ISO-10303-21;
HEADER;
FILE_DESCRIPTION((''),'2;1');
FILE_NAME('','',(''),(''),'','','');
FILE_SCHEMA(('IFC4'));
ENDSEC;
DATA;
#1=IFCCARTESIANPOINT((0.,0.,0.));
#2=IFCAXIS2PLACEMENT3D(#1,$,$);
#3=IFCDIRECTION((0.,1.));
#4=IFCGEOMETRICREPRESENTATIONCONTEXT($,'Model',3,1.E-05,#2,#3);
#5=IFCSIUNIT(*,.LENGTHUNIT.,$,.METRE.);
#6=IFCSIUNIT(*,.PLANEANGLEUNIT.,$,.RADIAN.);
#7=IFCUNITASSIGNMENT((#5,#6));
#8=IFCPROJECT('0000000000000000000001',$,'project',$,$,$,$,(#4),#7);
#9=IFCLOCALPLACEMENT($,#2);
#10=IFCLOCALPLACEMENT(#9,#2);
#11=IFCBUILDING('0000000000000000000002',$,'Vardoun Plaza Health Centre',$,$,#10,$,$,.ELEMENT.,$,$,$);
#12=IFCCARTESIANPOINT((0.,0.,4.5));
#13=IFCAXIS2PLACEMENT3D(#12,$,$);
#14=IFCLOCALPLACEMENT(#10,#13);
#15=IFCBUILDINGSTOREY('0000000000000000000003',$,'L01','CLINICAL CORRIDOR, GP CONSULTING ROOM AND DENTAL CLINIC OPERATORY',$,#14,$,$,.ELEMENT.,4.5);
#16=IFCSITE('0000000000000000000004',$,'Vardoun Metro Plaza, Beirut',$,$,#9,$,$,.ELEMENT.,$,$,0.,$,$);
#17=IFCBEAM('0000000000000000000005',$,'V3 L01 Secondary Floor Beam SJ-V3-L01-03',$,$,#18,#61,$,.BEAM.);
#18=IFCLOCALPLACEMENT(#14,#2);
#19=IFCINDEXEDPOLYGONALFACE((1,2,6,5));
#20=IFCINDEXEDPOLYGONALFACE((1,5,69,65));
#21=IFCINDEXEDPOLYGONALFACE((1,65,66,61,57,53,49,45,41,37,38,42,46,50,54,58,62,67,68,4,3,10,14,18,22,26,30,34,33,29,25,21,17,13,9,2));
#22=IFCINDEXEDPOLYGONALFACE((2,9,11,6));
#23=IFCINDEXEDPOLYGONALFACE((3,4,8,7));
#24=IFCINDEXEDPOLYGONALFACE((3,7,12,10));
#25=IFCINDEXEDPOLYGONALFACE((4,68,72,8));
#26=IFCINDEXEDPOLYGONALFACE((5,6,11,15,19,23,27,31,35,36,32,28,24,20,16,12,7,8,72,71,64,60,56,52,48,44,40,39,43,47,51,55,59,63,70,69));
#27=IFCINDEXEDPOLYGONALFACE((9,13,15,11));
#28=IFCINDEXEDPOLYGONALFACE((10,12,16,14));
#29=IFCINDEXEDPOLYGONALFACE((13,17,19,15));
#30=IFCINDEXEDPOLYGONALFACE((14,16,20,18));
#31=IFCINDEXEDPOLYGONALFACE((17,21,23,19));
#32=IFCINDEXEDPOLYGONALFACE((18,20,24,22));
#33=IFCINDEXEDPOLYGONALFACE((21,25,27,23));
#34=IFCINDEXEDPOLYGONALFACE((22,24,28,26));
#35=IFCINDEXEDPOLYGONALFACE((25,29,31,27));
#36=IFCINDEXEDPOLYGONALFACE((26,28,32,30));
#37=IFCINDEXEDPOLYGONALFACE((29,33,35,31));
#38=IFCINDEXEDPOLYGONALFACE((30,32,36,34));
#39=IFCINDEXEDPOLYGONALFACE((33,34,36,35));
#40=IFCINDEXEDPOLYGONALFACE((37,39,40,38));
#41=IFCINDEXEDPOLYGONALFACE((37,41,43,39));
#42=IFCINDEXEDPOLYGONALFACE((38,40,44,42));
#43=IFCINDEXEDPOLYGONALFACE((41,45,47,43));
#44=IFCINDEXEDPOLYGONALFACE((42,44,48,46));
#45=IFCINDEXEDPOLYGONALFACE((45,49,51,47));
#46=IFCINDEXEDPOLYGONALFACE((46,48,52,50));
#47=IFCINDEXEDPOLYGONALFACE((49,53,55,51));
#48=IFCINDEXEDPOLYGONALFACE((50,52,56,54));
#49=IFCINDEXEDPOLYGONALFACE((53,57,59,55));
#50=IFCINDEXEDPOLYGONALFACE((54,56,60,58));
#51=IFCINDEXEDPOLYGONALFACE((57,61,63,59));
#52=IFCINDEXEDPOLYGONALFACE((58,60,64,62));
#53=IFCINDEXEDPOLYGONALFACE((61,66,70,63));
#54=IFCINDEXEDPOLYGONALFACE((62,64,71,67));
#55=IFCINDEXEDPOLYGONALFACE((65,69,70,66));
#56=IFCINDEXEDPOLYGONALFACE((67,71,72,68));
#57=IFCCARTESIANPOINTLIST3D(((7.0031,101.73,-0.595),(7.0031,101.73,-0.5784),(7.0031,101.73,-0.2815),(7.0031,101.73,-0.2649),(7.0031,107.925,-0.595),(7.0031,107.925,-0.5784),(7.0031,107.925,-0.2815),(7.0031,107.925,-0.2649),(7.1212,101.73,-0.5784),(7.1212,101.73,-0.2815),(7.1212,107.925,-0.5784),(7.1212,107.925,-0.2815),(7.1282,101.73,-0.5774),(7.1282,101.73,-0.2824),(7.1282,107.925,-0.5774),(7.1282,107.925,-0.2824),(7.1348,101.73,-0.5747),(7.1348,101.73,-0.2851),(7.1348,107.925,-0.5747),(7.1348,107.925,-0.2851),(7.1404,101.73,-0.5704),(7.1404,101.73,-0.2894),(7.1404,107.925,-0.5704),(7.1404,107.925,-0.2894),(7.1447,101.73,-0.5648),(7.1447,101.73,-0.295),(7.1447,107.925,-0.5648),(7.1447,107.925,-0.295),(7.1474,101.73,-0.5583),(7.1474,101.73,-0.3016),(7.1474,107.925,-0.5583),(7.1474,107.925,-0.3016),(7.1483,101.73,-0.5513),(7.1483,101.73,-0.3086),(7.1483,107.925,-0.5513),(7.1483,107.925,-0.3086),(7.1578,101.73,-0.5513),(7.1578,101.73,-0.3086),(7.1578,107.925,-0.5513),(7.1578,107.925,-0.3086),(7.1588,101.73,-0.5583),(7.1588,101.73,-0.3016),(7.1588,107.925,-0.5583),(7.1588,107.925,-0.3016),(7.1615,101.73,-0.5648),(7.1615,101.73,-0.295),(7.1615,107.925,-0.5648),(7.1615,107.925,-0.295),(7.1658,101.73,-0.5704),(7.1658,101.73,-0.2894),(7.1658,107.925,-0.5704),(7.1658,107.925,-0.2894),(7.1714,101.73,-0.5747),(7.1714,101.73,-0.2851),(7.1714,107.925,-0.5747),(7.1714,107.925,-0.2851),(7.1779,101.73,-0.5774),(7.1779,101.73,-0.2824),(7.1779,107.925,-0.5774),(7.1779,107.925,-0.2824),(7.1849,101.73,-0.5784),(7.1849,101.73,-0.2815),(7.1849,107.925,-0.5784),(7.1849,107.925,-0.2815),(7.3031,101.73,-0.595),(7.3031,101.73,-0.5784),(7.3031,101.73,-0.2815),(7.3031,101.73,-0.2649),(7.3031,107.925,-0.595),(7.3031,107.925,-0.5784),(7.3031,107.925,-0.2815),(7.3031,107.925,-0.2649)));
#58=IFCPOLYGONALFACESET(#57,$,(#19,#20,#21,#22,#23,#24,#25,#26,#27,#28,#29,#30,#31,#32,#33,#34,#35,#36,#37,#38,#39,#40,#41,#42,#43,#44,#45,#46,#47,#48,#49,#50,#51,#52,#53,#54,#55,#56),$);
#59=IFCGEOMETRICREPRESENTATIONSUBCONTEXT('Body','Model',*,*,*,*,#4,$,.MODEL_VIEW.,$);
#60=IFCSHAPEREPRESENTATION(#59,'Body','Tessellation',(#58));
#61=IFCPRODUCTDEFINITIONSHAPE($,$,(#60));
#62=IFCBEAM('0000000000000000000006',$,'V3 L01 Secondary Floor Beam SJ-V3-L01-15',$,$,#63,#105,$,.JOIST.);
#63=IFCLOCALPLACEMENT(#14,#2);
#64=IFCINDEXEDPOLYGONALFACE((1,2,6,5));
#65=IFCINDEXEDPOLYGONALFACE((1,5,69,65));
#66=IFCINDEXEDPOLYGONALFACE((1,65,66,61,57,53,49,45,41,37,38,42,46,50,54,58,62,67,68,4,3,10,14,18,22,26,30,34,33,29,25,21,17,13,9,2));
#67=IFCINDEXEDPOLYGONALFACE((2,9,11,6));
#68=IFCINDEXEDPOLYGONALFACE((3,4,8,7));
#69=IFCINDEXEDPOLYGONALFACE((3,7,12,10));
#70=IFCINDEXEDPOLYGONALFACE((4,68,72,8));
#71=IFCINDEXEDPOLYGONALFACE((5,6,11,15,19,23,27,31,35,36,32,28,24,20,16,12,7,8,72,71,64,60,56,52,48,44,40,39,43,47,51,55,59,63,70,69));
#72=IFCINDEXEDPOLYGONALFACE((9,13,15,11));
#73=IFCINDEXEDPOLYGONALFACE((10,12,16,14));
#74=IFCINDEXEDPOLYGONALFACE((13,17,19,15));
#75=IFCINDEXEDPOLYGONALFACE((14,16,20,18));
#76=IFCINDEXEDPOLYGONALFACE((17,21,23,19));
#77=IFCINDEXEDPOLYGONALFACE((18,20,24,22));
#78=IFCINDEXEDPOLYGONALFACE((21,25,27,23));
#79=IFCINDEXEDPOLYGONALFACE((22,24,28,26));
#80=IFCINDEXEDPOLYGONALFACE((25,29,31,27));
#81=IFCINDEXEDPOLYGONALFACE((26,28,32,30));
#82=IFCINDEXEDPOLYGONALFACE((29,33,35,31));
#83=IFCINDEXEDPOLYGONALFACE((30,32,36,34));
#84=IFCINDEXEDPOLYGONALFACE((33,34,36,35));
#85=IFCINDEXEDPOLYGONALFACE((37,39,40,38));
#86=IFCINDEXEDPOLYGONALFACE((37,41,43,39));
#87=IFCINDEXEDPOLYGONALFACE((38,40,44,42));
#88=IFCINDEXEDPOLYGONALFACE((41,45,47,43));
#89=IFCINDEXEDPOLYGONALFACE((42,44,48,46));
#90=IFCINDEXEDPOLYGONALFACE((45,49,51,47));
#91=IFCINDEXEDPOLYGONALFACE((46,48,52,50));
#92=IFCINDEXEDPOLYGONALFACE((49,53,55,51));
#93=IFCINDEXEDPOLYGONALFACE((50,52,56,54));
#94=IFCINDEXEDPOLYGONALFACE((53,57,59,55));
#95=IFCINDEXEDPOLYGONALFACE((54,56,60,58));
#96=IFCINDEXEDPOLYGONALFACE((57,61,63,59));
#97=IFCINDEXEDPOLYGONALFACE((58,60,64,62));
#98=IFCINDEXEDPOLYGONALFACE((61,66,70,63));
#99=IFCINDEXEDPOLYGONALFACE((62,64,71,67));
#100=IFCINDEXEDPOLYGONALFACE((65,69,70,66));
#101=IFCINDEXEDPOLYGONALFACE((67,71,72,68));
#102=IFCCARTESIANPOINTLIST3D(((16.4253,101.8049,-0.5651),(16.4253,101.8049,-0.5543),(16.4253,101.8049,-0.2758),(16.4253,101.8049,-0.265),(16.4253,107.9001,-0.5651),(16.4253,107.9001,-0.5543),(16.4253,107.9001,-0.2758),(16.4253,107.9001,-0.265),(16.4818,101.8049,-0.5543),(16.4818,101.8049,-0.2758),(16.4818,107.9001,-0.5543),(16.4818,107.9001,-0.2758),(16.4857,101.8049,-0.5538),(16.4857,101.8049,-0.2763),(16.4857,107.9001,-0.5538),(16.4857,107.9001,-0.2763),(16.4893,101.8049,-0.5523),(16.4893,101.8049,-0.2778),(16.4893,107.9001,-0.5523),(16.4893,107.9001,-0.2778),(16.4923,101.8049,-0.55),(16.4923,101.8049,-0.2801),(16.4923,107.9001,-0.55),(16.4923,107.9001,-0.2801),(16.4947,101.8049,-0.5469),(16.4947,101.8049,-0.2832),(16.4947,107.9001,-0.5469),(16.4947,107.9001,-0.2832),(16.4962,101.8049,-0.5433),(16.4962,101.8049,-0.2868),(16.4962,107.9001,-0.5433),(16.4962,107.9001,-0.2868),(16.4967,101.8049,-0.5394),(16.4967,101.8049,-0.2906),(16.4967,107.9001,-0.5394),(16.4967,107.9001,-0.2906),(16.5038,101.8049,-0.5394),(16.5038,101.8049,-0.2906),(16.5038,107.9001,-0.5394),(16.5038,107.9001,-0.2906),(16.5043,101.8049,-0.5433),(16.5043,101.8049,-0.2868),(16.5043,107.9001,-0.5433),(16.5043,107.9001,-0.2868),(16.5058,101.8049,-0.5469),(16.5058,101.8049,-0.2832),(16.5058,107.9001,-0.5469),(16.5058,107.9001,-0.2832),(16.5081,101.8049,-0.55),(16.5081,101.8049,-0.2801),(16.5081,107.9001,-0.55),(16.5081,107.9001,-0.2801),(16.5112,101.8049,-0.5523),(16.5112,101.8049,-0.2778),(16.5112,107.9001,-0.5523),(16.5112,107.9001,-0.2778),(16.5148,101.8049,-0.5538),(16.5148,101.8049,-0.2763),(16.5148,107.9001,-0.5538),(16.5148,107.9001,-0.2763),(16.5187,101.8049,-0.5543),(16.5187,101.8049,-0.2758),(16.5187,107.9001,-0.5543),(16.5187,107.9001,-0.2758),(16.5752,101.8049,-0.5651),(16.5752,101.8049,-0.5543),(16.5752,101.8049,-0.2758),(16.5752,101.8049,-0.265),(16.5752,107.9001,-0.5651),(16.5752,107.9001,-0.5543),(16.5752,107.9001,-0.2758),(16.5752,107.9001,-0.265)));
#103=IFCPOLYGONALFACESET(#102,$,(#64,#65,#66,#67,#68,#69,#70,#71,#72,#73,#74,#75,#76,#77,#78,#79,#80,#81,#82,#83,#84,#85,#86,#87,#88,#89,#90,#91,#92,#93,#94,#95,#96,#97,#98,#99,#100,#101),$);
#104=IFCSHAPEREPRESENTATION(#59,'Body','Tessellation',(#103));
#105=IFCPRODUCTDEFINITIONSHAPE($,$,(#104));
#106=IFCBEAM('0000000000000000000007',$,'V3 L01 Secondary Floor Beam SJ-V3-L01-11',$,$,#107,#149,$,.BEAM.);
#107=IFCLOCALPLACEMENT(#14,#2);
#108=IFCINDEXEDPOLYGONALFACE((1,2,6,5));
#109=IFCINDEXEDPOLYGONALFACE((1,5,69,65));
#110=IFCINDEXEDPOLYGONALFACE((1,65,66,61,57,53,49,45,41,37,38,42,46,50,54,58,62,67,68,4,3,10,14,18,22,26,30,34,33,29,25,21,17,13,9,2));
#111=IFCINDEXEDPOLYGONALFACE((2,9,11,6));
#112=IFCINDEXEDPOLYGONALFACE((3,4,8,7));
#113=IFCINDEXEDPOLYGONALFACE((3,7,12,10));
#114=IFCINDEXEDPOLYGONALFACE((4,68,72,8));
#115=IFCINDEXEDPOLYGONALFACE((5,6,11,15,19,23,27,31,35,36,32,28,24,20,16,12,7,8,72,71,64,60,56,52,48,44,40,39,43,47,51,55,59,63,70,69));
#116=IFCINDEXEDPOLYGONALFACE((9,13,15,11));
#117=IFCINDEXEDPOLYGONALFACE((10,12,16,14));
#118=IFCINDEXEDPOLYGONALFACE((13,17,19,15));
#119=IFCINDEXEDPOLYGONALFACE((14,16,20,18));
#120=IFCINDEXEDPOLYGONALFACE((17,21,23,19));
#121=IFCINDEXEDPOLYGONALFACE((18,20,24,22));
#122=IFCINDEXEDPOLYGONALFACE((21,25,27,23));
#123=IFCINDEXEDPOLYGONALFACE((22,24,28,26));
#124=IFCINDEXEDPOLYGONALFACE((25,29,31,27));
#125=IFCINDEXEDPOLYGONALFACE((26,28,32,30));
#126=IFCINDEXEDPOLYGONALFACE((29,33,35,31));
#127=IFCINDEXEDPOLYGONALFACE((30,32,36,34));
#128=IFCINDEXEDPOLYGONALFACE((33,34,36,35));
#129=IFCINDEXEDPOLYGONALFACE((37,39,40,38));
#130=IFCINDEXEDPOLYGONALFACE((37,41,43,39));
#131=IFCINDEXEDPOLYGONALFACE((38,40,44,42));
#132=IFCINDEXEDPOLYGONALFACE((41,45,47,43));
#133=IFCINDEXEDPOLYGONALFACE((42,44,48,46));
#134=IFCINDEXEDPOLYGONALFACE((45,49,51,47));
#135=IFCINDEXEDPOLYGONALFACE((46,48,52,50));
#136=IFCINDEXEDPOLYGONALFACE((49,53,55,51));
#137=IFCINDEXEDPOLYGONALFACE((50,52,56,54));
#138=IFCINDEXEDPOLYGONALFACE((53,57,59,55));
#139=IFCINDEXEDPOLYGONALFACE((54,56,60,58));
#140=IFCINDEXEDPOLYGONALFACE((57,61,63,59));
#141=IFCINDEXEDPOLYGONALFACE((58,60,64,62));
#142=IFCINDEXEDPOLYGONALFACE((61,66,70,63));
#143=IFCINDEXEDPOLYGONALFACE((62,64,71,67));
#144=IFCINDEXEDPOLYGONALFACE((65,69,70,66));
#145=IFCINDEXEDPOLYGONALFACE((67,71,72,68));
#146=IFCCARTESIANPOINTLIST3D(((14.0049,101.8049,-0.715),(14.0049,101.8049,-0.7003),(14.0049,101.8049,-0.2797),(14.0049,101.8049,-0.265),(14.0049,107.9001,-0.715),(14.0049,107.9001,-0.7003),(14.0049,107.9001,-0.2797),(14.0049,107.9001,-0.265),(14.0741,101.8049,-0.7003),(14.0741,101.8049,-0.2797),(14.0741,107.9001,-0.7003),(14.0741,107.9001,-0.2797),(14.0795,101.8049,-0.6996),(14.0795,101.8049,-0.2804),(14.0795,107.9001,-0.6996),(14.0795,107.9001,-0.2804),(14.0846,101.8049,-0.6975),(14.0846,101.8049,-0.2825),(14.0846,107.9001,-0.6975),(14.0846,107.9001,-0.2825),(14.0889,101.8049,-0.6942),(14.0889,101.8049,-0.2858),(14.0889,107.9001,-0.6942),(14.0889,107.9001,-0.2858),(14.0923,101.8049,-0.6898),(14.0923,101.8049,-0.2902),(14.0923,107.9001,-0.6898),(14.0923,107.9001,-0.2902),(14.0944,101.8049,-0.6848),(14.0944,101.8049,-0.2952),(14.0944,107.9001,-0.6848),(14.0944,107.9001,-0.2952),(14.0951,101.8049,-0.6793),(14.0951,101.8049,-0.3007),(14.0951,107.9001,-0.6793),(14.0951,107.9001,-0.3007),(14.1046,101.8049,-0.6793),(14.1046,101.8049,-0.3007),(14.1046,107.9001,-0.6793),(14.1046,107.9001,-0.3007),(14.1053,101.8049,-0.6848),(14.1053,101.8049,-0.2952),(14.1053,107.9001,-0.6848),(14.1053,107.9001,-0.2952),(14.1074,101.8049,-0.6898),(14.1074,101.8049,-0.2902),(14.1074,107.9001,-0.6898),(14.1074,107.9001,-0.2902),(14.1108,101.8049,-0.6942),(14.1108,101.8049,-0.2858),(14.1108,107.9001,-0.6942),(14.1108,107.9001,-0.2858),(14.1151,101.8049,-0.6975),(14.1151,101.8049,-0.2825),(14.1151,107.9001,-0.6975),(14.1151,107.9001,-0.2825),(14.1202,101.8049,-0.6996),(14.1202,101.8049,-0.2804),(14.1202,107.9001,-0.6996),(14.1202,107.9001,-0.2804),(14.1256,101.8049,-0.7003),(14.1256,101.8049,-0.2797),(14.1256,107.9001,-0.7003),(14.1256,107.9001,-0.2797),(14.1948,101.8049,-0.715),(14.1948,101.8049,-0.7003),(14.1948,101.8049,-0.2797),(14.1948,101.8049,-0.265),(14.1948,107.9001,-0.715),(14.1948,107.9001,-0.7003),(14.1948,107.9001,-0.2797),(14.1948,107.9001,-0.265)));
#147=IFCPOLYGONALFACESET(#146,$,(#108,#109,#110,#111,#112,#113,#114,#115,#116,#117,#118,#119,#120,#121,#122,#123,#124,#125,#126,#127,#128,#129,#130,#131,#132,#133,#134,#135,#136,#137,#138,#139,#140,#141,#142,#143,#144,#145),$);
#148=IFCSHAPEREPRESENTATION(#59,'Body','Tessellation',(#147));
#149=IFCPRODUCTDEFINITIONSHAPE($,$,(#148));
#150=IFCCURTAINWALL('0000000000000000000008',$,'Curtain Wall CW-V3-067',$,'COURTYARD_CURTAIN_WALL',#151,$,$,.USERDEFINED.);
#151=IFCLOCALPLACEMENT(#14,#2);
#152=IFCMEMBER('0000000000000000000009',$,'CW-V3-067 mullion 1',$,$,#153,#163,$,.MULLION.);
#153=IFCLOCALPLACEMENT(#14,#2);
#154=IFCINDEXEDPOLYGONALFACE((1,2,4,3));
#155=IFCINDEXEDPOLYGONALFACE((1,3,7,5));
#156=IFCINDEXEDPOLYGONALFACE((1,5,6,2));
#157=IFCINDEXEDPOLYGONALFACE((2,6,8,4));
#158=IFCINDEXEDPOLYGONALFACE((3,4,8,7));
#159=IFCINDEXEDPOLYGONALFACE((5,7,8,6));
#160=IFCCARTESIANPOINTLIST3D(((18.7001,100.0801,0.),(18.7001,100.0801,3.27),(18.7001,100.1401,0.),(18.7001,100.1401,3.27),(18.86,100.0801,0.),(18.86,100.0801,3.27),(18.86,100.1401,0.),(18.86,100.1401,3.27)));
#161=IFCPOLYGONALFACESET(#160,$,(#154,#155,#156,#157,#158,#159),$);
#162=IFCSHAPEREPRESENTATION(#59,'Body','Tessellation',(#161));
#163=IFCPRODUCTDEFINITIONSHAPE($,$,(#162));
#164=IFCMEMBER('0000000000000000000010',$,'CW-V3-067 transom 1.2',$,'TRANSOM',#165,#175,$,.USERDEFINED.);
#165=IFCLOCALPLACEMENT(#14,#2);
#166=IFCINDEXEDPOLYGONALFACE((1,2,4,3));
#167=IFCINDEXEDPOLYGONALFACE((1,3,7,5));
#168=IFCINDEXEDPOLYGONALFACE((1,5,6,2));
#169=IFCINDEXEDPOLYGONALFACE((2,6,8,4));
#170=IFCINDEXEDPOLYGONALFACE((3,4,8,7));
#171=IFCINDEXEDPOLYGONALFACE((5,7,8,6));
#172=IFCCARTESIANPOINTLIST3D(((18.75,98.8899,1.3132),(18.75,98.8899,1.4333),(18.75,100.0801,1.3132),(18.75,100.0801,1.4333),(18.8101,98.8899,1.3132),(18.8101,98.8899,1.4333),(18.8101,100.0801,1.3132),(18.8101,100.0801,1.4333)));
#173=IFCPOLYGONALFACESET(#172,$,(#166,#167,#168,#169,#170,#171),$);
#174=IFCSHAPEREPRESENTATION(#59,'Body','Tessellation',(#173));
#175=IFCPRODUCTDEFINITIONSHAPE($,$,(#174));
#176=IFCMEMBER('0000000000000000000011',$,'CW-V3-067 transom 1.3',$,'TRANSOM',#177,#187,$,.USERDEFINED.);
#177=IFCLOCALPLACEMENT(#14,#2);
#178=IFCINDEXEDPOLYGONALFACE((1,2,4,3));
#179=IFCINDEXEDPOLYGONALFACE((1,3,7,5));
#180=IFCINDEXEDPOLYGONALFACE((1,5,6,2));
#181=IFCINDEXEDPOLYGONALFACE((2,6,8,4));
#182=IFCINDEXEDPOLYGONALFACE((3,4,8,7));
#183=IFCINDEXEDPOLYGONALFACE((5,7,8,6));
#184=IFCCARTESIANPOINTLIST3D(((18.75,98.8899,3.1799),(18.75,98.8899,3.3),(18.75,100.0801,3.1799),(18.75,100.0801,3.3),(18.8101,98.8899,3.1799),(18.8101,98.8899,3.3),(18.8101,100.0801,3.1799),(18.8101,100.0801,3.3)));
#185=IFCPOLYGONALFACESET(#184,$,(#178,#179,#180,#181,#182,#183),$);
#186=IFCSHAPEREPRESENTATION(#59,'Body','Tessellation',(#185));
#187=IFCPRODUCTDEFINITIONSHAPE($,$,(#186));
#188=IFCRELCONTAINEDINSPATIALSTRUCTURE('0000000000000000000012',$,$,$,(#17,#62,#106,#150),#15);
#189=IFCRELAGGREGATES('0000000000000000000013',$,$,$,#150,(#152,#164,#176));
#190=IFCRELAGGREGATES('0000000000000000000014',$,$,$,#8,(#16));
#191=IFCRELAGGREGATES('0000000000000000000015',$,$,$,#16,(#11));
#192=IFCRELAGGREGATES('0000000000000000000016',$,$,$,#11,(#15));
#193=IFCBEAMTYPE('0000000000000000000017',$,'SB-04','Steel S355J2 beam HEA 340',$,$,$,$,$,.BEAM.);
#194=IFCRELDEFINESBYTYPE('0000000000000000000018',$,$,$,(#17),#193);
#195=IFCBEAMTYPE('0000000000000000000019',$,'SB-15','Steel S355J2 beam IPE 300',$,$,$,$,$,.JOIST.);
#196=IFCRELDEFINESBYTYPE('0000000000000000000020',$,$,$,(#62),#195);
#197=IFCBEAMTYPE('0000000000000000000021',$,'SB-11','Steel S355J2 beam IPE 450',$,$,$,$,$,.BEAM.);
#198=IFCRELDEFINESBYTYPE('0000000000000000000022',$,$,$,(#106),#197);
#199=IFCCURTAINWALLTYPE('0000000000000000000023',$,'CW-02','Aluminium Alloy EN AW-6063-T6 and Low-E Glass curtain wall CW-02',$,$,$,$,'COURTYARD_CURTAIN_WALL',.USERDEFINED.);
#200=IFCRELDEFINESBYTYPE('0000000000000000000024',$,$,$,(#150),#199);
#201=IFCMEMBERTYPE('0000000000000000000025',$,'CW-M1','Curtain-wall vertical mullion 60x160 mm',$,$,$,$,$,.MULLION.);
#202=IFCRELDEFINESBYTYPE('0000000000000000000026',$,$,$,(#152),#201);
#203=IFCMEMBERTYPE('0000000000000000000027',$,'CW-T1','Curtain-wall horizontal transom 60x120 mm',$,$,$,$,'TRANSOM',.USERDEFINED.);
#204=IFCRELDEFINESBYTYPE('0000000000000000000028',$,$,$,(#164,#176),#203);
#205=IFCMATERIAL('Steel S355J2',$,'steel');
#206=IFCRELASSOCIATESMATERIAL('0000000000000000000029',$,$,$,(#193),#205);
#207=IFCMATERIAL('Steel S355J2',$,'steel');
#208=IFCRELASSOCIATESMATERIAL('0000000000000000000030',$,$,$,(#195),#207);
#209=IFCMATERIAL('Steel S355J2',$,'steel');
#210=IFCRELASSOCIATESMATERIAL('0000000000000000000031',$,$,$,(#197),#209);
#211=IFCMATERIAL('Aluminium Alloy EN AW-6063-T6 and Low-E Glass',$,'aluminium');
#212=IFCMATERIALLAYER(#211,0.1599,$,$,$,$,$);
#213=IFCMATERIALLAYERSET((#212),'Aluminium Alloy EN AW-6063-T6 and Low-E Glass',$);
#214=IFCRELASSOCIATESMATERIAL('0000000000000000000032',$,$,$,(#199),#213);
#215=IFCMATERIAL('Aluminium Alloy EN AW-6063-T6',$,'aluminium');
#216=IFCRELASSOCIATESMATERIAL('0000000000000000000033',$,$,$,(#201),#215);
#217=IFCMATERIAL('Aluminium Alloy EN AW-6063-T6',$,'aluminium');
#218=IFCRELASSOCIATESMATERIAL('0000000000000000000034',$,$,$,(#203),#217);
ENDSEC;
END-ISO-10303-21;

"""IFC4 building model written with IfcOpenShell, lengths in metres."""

from ifc_helpers import new_model, si_unit, direction, frame, origin, origin_2d, place, context, subcontext, project, spatial, rectangle, i_section, extrude, material, layer, layer_set, material_profile, profile_set, type_object, element, aggregate, save


model = new_model("IFC4")

# Units and contexts
model_context = context("Model", 3, precision=1e-05, world=origin(), true_north=direction((0.0, 1.0)))
body_context = subcontext(model_context, "Body", "Model", "MODEL_VIEW")
ifc_project = project(units=[si_unit("LENGTHUNIT", "METRE"), si_unit("PLANEANGLEUNIT", "RADIAN")], contexts=[model_context])

# Site, building, storey
site_placement = place(None, origin())
site = spatial("IfcSite", under=ifc_project, at=site_placement, Name="Vardoun Metro Plaza, Beirut", CompositionType="ELEMENT", RefElevation=0.0)
building_placement = place(site_placement, origin())
building = spatial("IfcBuilding", under=site, at=building_placement, Name="Vardoun Plaza Health Centre", CompositionType="ELEMENT")
storey_placement = place(building_placement, frame((0.0, 0.0, 4.5)))
storey = spatial("IfcBuildingStorey", under=building, at=storey_placement, Name="L01", Description="CLINICAL CORRIDOR, GP CONSULTING ROOM AND DENTAL CLINIC OPERATORY", CompositionType="ELEMENT", Elevation=4.5)

# Beams
ifc_material_1 = material(Name="Steel S355J2", Category="steel")
ifc_material_profile_1 = material_profile(ifc_material_1, i_section(OverallWidth=0.3, OverallDepth=0.3301, WebThickness=0.0095, FlangeThickness=0.0166, FilletRadius=0.0271, at=origin_2d()), Name="HEA 340")
ifc_profile_set_1 = profile_set([ifc_material_profile_1], Name="Steel S355J2")
beam_type_1 = type_object("IfcBeamType", Name="SB-04", Description="Steel S355J2 beam HEA 340", PredefinedType="BEAM", material=ifc_profile_set_1)
beam_1_placement = place(storey_placement, frame((7.1531, 101.73, -0.4299), z_axis=(0.0, 1.0, 0.0), x_axis=(-1.0, 0.0, 0.0)))
element("IfcBeam", 1, at=beam_1_placement, inside=storey, type_object=beam_type_1, Name="V3 L01 Secondary Floor Beam SJ-V3-L01-03", PredefinedType="BEAM", context=body_context, shape_type="SweptSolid", body=[
    extrude(i_section(OverallWidth=0.3, OverallDepth=0.3301, WebThickness=0.0095, FlangeThickness=0.0166, FilletRadius=0.0271, at=origin_2d()), origin(), (0.0, 0.0, 1.0), 6.1951),
])
ifc_material_2 = material(Name="Steel S355J2", Category="steel")
ifc_material_profile_2 = material_profile(ifc_material_2, i_section(OverallWidth=0.1499, OverallDepth=0.3, WebThickness=0.0071, FlangeThickness=0.0107, FilletRadius=0.0149, at=origin_2d()), Name="IPE 300")
ifc_profile_set_2 = profile_set([ifc_material_profile_2], Name="Steel S355J2")
beam_type_2 = type_object("IfcBeamType", Name="SB-15", Description="Steel S355J2 beam IPE 300", PredefinedType="JOIST", material=ifc_profile_set_2)
beam_2_placement = place(storey_placement, frame((16.5002, 101.8049, -0.415), z_axis=(0.0, 1.0, 0.0), x_axis=(-1.0, 0.0, 0.0)))
element("IfcBeam", 2, at=beam_2_placement, inside=storey, type_object=beam_type_2, Name="V3 L01 Secondary Floor Beam SJ-V3-L01-15", PredefinedType="JOIST", context=body_context, shape_type="SweptSolid", body=[
    extrude(i_section(OverallWidth=0.1499, OverallDepth=0.3, WebThickness=0.0071, FlangeThickness=0.0107, FilletRadius=0.0149, at=origin_2d()), origin(), (0.0, 0.0, 1.0), 6.0952),
])
ifc_material_3 = material(Name="Steel S355J2", Category="steel")
ifc_material_profile_3 = material_profile(ifc_material_3, i_section(OverallWidth=0.1899, OverallDepth=0.45, WebThickness=0.0095, FlangeThickness=0.0146, FilletRadius=0.021, at=origin_2d()), Name="IPE 450")
ifc_profile_set_3 = profile_set([ifc_material_profile_3], Name="Steel S355J2")
beam_type_3 = type_object("IfcBeamType", Name="SB-11", Description="Steel S355J2 beam IPE 450", PredefinedType="BEAM", material=ifc_profile_set_3)
beam_3_placement = place(storey_placement, frame((14.0999, 101.8049, -0.49), z_axis=(0.0, 1.0, 0.0), x_axis=(-1.0, 0.0, 0.0)))
element("IfcBeam", 3, at=beam_3_placement, inside=storey, type_object=beam_type_3, Name="V3 L01 Secondary Floor Beam SJ-V3-L01-11", PredefinedType="BEAM", context=body_context, shape_type="SweptSolid", body=[
    extrude(i_section(OverallWidth=0.1899, OverallDepth=0.45, WebThickness=0.0095, FlangeThickness=0.0146, FilletRadius=0.021, at=origin_2d()), origin(), (0.0, 0.0, 1.0), 6.0952),
])

# Curtain wall, members
ifc_material_4 = material(Name="Aluminium Alloy EN AW-6063-T6 and Low-E Glass", Category="aluminium")
ifc_layer_1 = layer(ifc_material_4, 0.1599)
ifc_layer_set_1 = layer_set([ifc_layer_1], Name="Aluminium Alloy EN AW-6063-T6 and Low-E Glass")
curtain_wall_type = type_object("IfcCurtainWallType", Name="CW-02", Description="Aluminium Alloy EN AW-6063-T6 and Low-E Glass curtain wall CW-02", ElementType="COURTYARD_CURTAIN_WALL", PredefinedType="USERDEFINED", material=ifc_layer_set_1)
curtain_wall_placement = place(storey_placement, origin())
curtain_wall = element("IfcCurtainWall", 4, at=curtain_wall_placement, inside=storey, type_object=curtain_wall_type, Name="Curtain Wall CW-V3-067", ObjectType="COURTYARD_CURTAIN_WALL", PredefinedType="USERDEFINED")
ifc_material_5 = material(Name="Aluminium Alloy EN AW-6063-T6", Category="aluminium")
ifc_material_profile_4 = material_profile(ifc_material_5, rectangle(XDim=0.1599, YDim=0.0601, at=origin_2d()), Name="CWM 60x160")
ifc_profile_set_4 = profile_set([ifc_material_profile_4], Name="Aluminium Alloy EN AW-6063-T6")
member_type_1 = type_object("IfcMemberType", Name="CW-M1", Description="Curtain-wall vertical mullion 60x160 mm", PredefinedType="MULLION", material=ifc_profile_set_4)
member_1_placement = place(storey_placement, frame((18.78, 100.1101, 0.0), z_axis=(0.0, 0.0, 1.0), x_axis=(1.0, 0.0, 0.0)))
member_1 = element("IfcMember", 5, at=member_1_placement, type_object=member_type_1, Name="CW-V3-067 mullion 1", PredefinedType="MULLION", context=body_context, shape_type="SweptSolid", body=[
    extrude(rectangle(XDim=0.1599, YDim=0.0601, at=origin_2d()), origin(), (0.0, 0.0, 1.0), 3.27),
])
ifc_material_6 = material(Name="Aluminium Alloy EN AW-6063-T6", Category="aluminium")
ifc_material_profile_5 = material_profile(ifc_material_6, rectangle(XDim=0.0601, YDim=0.1201, at=origin_2d()), Name="CWT 60x120")
ifc_profile_set_5 = profile_set([ifc_material_profile_5], Name="Aluminium Alloy EN AW-6063-T6")
member_type_2 = type_object("IfcMemberType", Name="CW-T1", Description="Curtain-wall horizontal transom 60x120 mm", ElementType="TRANSOM", PredefinedType="USERDEFINED", material=ifc_profile_set_5)
member_2_placement = place(storey_placement, frame((18.78, 100.0801, 1.3733), z_axis=(0.0, -1.0, 0.0), x_axis=(1.0, 0.0, 0.0)))
member_2 = element("IfcMember", 6, at=member_2_placement, type_object=member_type_2, Name="CW-V3-067 transom 1.2", ObjectType="TRANSOM", PredefinedType="USERDEFINED", context=body_context, shape_type="SweptSolid", body=[
    extrude(rectangle(XDim=0.0601, YDim=0.1201, at=origin_2d()), origin(), (0.0, 0.0, 1.0), 1.1902),
])
member_3_placement = place(storey_placement, frame((18.78, 100.0801, 3.24), z_axis=(0.0, -1.0, 0.0), x_axis=(1.0, 0.0, 0.0)))
member_3 = element("IfcMember", 7, at=member_3_placement, type_object=member_type_2, Name="CW-V3-067 transom 1.3", ObjectType="TRANSOM", PredefinedType="USERDEFINED", context=body_context, shape_type="SweptSolid", body=[
    extrude(rectangle(XDim=0.0601, YDim=0.1201, at=origin_2d()), origin(), (0.0, 0.0, 1.0), 1.1902),
])
aggregate(curtain_wall, [member_1, member_2, member_3])

save(model, "model.ifc")
